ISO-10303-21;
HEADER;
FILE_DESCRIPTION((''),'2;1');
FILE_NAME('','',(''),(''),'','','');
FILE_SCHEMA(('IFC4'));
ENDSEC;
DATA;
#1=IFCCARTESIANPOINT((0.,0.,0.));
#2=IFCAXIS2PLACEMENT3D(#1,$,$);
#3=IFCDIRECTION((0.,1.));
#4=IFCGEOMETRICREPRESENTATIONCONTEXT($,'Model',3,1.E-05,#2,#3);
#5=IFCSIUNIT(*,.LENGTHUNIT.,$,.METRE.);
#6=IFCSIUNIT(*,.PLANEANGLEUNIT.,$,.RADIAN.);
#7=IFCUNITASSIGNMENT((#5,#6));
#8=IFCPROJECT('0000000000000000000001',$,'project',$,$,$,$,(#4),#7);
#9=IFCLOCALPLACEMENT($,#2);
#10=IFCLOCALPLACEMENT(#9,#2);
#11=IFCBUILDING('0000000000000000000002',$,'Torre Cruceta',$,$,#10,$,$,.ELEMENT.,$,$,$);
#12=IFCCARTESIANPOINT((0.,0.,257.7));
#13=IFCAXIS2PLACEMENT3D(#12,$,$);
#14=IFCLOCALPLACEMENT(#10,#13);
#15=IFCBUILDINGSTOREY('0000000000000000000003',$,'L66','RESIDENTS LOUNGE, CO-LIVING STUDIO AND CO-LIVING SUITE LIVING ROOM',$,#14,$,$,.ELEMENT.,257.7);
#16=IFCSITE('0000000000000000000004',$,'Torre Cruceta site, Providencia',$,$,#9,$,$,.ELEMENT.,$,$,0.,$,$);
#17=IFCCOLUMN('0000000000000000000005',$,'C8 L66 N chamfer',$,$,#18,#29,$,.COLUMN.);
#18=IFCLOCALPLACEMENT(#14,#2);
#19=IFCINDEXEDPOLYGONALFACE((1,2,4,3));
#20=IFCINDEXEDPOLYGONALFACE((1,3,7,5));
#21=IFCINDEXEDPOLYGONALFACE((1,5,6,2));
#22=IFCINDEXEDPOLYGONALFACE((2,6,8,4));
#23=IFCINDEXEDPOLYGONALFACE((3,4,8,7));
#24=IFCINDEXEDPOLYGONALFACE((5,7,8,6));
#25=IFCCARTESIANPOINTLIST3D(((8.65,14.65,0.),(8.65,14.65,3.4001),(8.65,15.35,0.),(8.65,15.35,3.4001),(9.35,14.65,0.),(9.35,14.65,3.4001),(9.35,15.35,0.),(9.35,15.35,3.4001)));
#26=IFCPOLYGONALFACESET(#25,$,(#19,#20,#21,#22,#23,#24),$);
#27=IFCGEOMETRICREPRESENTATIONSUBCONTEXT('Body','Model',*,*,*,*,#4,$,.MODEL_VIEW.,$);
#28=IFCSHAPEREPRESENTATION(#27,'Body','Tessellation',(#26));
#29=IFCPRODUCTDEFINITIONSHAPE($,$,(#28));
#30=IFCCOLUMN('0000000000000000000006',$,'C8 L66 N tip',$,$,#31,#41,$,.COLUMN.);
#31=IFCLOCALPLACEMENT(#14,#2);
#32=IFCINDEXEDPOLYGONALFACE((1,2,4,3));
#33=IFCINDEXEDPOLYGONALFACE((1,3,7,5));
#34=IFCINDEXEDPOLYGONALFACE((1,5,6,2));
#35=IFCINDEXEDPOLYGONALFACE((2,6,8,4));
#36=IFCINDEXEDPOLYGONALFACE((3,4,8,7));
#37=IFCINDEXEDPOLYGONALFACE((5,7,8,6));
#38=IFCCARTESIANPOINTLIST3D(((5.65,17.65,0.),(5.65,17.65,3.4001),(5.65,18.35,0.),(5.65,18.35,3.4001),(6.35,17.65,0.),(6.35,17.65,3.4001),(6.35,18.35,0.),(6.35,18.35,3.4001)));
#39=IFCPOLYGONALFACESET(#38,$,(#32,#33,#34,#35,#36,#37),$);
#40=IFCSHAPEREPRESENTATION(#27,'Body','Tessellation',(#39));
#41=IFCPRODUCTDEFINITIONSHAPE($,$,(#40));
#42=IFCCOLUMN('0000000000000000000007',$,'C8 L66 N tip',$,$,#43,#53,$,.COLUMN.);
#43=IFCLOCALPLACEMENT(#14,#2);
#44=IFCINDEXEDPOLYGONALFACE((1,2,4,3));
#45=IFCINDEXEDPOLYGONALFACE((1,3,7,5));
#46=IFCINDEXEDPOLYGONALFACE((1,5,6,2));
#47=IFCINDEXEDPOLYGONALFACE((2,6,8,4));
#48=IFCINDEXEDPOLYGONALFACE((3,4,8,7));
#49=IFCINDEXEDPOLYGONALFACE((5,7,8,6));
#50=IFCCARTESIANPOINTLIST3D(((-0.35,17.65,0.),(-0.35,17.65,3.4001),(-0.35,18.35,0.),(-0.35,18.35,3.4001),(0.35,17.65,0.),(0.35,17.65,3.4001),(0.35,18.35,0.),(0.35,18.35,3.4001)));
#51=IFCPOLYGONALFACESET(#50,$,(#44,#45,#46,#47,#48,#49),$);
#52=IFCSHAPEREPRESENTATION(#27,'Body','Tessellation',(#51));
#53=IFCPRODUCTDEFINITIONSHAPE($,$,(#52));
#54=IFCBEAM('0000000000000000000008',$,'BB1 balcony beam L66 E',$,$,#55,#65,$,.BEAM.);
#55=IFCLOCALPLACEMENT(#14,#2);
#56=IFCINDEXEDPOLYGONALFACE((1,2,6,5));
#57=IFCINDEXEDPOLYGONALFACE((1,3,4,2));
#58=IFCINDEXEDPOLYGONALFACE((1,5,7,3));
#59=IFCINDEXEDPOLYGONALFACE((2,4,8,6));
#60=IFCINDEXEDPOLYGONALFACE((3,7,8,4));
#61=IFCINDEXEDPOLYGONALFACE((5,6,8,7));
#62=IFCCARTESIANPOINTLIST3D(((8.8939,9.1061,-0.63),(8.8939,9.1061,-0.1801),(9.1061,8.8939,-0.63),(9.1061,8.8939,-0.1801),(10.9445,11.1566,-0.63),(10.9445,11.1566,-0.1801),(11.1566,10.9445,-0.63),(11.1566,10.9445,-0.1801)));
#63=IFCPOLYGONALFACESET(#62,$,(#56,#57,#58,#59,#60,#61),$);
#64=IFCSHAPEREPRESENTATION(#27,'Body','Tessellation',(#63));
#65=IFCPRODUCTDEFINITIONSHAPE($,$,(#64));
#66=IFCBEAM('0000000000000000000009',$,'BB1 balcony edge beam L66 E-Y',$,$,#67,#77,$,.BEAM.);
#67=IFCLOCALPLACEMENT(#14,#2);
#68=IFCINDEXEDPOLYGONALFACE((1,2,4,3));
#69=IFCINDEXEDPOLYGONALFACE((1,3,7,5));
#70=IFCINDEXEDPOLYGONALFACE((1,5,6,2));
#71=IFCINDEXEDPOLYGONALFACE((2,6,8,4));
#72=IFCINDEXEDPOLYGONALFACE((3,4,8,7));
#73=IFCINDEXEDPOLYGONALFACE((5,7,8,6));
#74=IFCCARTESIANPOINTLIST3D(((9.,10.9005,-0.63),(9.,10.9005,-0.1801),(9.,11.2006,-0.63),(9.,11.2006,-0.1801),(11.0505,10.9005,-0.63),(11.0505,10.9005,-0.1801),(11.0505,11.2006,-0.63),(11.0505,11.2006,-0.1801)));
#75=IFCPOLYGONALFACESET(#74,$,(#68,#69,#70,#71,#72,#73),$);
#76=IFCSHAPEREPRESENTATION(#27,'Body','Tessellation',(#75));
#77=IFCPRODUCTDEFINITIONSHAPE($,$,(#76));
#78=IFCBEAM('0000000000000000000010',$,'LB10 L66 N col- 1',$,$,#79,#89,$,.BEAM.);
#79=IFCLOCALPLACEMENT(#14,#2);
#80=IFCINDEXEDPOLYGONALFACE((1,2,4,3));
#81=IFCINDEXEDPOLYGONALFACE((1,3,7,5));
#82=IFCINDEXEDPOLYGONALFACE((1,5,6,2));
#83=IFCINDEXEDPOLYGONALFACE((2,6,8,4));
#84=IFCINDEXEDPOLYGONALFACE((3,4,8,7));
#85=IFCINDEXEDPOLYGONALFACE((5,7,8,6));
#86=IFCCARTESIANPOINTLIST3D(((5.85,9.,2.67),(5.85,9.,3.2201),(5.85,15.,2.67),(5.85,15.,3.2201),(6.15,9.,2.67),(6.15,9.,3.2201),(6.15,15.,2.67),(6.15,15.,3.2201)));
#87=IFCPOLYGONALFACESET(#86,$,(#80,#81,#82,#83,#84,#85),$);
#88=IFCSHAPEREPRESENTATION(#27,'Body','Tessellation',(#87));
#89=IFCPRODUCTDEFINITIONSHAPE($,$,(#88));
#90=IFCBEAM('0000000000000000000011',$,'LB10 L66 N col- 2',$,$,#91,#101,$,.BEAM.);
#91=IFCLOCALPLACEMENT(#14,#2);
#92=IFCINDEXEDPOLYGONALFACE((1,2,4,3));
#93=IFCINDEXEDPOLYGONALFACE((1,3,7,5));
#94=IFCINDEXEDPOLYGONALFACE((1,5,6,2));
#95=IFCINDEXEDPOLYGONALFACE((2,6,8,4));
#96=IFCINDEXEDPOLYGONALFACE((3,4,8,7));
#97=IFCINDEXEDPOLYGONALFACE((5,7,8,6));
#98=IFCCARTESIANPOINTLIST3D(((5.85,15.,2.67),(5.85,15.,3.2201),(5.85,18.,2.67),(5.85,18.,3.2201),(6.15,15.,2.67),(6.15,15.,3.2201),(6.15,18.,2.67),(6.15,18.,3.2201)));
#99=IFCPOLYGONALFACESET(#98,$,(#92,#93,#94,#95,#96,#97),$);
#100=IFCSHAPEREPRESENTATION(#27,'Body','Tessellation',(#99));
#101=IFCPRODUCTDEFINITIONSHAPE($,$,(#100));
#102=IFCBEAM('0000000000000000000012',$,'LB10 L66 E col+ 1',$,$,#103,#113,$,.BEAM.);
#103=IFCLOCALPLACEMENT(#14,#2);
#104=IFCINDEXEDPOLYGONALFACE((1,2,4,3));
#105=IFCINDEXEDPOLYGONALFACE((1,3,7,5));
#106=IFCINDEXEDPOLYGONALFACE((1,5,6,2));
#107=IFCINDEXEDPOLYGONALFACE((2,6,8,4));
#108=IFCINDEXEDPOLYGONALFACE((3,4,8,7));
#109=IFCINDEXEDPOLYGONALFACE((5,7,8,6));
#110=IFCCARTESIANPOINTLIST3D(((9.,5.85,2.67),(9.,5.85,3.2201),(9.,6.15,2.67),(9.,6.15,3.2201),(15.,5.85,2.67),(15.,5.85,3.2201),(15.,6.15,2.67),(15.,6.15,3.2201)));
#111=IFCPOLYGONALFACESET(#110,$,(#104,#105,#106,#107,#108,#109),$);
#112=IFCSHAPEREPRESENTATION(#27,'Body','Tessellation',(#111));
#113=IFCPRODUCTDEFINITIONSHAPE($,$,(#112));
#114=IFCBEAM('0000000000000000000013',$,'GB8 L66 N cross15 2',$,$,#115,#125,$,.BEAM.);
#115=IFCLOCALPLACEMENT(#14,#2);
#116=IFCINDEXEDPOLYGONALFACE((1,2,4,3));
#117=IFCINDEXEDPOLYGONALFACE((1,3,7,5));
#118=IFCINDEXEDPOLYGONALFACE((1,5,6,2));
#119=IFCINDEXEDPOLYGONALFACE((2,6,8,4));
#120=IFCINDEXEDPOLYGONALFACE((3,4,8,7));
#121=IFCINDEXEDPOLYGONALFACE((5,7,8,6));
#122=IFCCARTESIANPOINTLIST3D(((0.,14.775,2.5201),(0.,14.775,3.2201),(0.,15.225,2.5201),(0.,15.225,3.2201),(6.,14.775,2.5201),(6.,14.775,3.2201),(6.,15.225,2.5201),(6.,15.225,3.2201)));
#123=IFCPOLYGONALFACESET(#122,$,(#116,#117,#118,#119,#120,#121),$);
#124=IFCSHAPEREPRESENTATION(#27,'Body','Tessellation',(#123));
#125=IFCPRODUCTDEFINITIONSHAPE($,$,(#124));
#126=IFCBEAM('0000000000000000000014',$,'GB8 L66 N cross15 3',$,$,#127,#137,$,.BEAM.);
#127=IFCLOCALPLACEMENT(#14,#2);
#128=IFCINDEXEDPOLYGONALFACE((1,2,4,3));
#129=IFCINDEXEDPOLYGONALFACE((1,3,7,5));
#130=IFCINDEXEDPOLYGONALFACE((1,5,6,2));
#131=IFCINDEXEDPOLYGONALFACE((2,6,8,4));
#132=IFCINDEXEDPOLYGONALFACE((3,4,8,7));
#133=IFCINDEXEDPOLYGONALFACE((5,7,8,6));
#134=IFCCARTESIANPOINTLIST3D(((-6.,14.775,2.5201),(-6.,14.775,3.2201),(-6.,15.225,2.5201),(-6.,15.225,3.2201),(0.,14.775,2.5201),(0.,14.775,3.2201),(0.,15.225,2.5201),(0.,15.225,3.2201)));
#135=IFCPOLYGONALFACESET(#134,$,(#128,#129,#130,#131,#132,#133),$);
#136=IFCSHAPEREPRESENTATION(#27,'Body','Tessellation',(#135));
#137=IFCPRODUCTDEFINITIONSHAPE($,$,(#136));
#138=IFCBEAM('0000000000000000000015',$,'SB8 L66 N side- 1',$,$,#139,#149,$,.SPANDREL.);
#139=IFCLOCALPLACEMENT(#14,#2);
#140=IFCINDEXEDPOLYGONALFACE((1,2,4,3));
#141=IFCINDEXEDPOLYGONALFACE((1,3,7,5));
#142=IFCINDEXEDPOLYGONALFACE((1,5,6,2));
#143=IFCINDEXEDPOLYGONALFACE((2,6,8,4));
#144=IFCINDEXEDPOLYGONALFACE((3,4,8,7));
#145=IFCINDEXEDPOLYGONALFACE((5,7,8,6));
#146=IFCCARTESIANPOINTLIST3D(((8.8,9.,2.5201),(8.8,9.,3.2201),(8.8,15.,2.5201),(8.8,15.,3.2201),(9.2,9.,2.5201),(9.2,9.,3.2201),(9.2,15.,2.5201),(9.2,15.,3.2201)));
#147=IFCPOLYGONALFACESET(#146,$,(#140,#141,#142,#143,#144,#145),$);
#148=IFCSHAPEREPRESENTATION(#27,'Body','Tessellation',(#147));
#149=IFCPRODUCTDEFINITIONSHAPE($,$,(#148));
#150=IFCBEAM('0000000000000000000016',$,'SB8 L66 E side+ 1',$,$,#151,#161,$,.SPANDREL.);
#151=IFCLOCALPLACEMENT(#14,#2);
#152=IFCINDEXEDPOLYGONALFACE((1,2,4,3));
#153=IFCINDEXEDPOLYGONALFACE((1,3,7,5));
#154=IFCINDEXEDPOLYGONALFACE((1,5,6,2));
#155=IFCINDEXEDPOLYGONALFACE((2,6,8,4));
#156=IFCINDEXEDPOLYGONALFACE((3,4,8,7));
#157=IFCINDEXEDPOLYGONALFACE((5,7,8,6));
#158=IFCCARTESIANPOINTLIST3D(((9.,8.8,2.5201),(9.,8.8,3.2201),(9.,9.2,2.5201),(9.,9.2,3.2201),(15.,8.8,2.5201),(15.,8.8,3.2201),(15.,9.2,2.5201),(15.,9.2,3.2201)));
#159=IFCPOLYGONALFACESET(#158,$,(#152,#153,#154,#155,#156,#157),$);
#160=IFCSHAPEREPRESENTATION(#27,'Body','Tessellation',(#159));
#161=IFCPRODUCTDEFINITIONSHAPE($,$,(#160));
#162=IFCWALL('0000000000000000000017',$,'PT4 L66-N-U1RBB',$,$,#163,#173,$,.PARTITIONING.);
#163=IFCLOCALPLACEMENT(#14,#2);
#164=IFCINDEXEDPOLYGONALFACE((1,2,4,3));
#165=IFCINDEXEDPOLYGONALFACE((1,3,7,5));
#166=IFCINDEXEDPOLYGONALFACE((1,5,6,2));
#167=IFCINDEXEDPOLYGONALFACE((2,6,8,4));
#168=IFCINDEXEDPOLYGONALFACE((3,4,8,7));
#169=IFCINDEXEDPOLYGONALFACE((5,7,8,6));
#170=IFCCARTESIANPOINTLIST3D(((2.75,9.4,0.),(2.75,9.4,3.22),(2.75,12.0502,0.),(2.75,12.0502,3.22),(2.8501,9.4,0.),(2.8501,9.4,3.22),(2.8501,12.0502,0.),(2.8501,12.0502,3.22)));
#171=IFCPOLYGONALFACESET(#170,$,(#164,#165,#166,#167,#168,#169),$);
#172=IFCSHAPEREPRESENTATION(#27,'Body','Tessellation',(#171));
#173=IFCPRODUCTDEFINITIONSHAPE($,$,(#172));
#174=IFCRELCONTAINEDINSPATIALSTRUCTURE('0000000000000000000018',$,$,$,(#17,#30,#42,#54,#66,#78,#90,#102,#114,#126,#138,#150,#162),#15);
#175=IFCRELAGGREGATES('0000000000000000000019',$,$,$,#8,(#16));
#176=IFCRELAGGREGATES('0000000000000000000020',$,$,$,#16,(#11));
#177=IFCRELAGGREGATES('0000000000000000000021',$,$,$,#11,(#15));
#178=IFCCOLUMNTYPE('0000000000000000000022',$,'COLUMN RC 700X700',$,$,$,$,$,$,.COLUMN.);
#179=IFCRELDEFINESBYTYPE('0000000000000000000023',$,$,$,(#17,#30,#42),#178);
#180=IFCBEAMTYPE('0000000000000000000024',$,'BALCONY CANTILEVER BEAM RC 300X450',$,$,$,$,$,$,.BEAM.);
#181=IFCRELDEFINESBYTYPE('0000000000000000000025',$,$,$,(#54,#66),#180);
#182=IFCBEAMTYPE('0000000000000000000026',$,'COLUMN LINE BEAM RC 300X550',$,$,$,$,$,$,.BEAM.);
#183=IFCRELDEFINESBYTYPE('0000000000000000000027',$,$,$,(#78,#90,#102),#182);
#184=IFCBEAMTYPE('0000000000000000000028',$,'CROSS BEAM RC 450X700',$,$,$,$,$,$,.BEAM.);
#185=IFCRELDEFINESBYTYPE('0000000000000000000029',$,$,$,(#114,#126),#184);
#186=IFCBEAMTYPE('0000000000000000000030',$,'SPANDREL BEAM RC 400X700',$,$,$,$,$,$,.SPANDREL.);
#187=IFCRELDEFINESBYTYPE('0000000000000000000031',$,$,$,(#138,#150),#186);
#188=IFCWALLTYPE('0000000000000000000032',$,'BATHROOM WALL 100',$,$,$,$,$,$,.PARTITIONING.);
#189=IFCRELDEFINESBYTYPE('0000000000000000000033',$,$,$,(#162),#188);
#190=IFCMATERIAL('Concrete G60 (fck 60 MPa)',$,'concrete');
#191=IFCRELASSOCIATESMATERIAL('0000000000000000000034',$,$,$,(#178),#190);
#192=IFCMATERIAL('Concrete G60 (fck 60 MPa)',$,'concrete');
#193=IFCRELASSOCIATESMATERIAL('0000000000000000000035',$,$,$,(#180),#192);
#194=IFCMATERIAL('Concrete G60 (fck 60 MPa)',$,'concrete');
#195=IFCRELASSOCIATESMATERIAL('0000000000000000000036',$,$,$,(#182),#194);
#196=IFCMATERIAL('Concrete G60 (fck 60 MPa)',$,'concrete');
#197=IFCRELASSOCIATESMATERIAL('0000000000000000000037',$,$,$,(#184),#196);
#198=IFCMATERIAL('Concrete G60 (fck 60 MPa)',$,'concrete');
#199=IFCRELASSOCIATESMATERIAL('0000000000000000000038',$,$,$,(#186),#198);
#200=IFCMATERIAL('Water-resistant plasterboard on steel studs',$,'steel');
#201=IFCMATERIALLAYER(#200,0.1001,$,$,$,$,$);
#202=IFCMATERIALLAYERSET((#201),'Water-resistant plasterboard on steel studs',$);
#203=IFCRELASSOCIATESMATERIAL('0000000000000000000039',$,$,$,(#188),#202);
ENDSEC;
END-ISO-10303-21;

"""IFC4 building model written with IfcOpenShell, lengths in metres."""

from ifc_helpers import new_model, si_unit, direction, frame, frame_2d, origin, origin_2d, place, context, subcontext, project, spatial, rectangle, extrude, material, layer, layer_set, material_profile, profile_set, type_object, element, save


model = new_model("IFC4")

# Units and contexts
model_context = context("Model", 3, precision=1e-05, world=origin(), true_north=direction((0.0, 1.0)))
body_context = subcontext(model_context, "Body", "Model", "MODEL_VIEW")
ifc_project = project(units=[si_unit("LENGTHUNIT", "METRE"), si_unit("PLANEANGLEUNIT", "RADIAN")], contexts=[model_context])

# Site, building, storey
site_placement = place(None, origin())
site = spatial("IfcSite", under=ifc_project, at=site_placement, Name="Torre Cruceta site, Providencia", CompositionType="ELEMENT", RefElevation=0.0)
building_placement = place(site_placement, origin())
building = spatial("IfcBuilding", under=site, at=building_placement, Name="Torre Cruceta", CompositionType="ELEMENT")
storey_placement = place(building_placement, frame((0.0, 0.0, 257.7)))
storey = spatial("IfcBuildingStorey", under=building, at=storey_placement, Name="L66", Description="RESIDENTS LOUNGE, CO-LIVING STUDIO AND CO-LIVING SUITE LIVING ROOM", CompositionType="ELEMENT", Elevation=257.7)

# Columns
ifc_material_1 = material(Name="Concrete G60 (fck 60 MPa)", Category="concrete")
ifc_material_profile_1 = material_profile(ifc_material_1, rectangle(XDim=0.7, YDim=0.7, at=origin_2d()), Name="RC 700X700")
ifc_profile_set_1 = profile_set([ifc_material_profile_1], Name="Concrete G60 (fck 60 MPa)")
column_type = type_object("IfcColumnType", Name="COLUMN RC 700X700", PredefinedType="COLUMN", material=ifc_profile_set_1)
for number, where, z_axis, x_axis, name in (
    (1, (9.0, 15.0, 0.0), (0.0, 0.0, 1.0), (1.0, 0.0, 0.0), "C8 L66 N chamfer"),
    (2, (6.0, 18.0, 0.0), (0.0, 0.0, 1.0), (1.0, 0.0, 0.0), "C8 L66 N tip"),
    (3, (0.0, 18.0, 0.0), (0.0, 0.0, 1.0), (1.0, 0.0, 0.0), "C8 L66 N tip"),
):
    element("IfcColumn", number, at=place(storey_placement, frame(where, z_axis=z_axis, x_axis=x_axis)), inside=storey, type_object=column_type, Name=name, PredefinedType="COLUMN", context=body_context, shape_type="SweptSolid", body=[
        extrude(rectangle(XDim=0.7, YDim=0.7, at=origin_2d()), origin(), (0.0, 0.0, 1.0), 3.4001),
    ])

# Beams
ifc_material_2 = material(Name="Concrete G60 (fck 60 MPa)", Category="concrete")
ifc_material_profile_2 = material_profile(ifc_material_2, rectangle(XDim=0.3, YDim=0.45, at=origin_2d()), Name="RC 300X450")
ifc_profile_set_2 = profile_set([ifc_material_profile_2], Name="Concrete G60 (fck 60 MPa)")
beam_type_1 = type_object("IfcBeamType", Name="BALCONY CANTILEVER BEAM RC 300X450", PredefinedType="BEAM", material=ifc_profile_set_2)
beam_1_placement = place(storey_placement, frame((9.0, 9.0, -0.405), z_axis=(0.707107, 0.707107, 0.0), x_axis=(-0.707107, 0.707107, 0.0)))
element("IfcBeam", 4, at=beam_1_placement, inside=storey, type_object=beam_type_1, Name="BB1 balcony beam L66 E", PredefinedType="BEAM", context=body_context, shape_type="SweptSolid", body=[
    extrude(rectangle(XDim=0.3, YDim=0.45, at=origin_2d()), origin(), (0.0, 0.0, 1.0), 2.8999),
])
beam_2_placement = place(storey_placement, frame((9.0, 11.0505, -0.405), z_axis=(1.0, 0.0, 0.0), x_axis=(0.0, 1.0, 0.0)))
element("IfcBeam", 5, at=beam_2_placement, inside=storey, type_object=beam_type_1, Name="BB1 balcony edge beam L66 E-Y", PredefinedType="BEAM", context=body_context, shape_type="SweptSolid", body=[
    extrude(rectangle(XDim=0.3, YDim=0.45, at=origin_2d()), origin(), (0.0, 0.0, 1.0), 2.0505),
])
ifc_material_3 = material(Name="Concrete G60 (fck 60 MPa)", Category="concrete")
ifc_material_profile_3 = material_profile(ifc_material_3, rectangle(XDim=0.3, YDim=0.55, at=origin_2d()), Name="RC 300X550")
ifc_profile_set_3 = profile_set([ifc_material_profile_3], Name="Concrete G60 (fck 60 MPa)")
beam_type_2 = type_object("IfcBeamType", Name="COLUMN LINE BEAM RC 300X550", PredefinedType="BEAM", material=ifc_profile_set_3)
beam_3_placement = place(storey_placement, frame((6.0, 9.0, 2.9451), z_axis=(0.0, 1.0, 0.0), x_axis=(-1.0, 0.0, 0.0)))
element("IfcBeam", 6, at=beam_3_placement, inside=storey, type_object=beam_type_2, Name="LB10 L66 N col- 1", PredefinedType="BEAM", context=body_context, shape_type="SweptSolid", body=[
    extrude(rectangle(XDim=0.3, YDim=0.55, at=origin_2d()), origin(), (0.0, 0.0, 1.0), 6.0),
])
beam_4_placement = place(storey_placement, frame((6.0, 15.0, 2.9451), z_axis=(0.0, 1.0, 0.0), x_axis=(-1.0, 0.0, 0.0)))
element("IfcBeam", 7, at=beam_4_placement, inside=storey, type_object=beam_type_2, Name="LB10 L66 N col- 2", PredefinedType="BEAM", context=body_context, shape_type="SweptSolid", body=[
    extrude(rectangle(XDim=0.3, YDim=0.55, at=origin_2d()), origin(), (0.0, 0.0, 1.0), 3.0),
])
beam_5_placement = place(storey_placement, frame((9.0, 6.0, 2.9451), z_axis=(1.0, 0.0, 0.0), x_axis=(0.0, 1.0, 0.0)))
element("IfcBeam", 8, at=beam_5_placement, inside=storey, type_object=beam_type_2, Name="LB10 L66 E col+ 1", PredefinedType="BEAM", context=body_context, shape_type="SweptSolid", body=[
    extrude(rectangle(XDim=0.3, YDim=0.55, at=origin_2d()), origin(), (0.0, 0.0, 1.0), 6.0),
])
ifc_material_4 = material(Name="Concrete G60 (fck 60 MPa)", Category="concrete")
ifc_material_profile_4 = material_profile(ifc_material_4, rectangle(XDim=0.45, YDim=0.7, at=origin_2d()), Name="RC 450X700")
ifc_profile_set_4 = profile_set([ifc_material_profile_4], Name="Concrete G60 (fck 60 MPa)")
beam_type_3 = type_object("IfcBeamType", Name="CROSS BEAM RC 450X700", PredefinedType="BEAM", material=ifc_profile_set_4)
for number, where, z_axis, x_axis, name in (
    (9, (6.0, 15.0, 2.8701), (-1.0, 0.0, 0.0), (0.0, -1.0, 0.0), "GB8 L66 N cross15 2"),
    (10, (0.0, 15.0, 2.8701), (-1.0, 0.0, 0.0), (0.0, -1.0, 0.0), "GB8 L66 N cross15 3"),
):
    element("IfcBeam", number, at=place(storey_placement, frame(where, z_axis=z_axis, x_axis=x_axis)), inside=storey, type_object=beam_type_3, Name=name, PredefinedType="BEAM", context=body_context, shape_type="SweptSolid", body=[
        extrude(rectangle(XDim=0.45, YDim=0.7, at=origin_2d()), origin(), (0.0, 0.0, 1.0), 6.0),
    ])
ifc_material_5 = material(Name="Concrete G60 (fck 60 MPa)", Category="concrete")
ifc_material_profile_5 = material_profile(ifc_material_5, rectangle(XDim=0.3999, YDim=0.7, at=origin_2d()), Name="RC 400X700")
ifc_profile_set_5 = profile_set([ifc_material_profile_5], Name="Concrete G60 (fck 60 MPa)")
beam_type_4 = type_object("IfcBeamType", Name="SPANDREL BEAM RC 400X700", PredefinedType="SPANDREL", material=ifc_profile_set_5)
for number, where, z_axis, x_axis, name in (
    (11, (9.0, 9.0, 2.8701), (0.0, 1.0, 0.0), (-1.0, 0.0, 0.0), "SB8 L66 N side- 1"),
    (12, (9.0, 9.0, 2.8701), (1.0, 0.0, 0.0), (0.0, 1.0, 0.0), "SB8 L66 E side+ 1"),
):
    element("IfcBeam", number, at=place(storey_placement, frame(where, z_axis=z_axis, x_axis=x_axis)), inside=storey, type_object=beam_type_4, Name=name, PredefinedType="SPANDREL", context=body_context, shape_type="SweptSolid", body=[
        extrude(rectangle(XDim=0.3999, YDim=0.7, at=origin_2d()), origin(), (0.0, 0.0, 1.0), 6.0),
    ])

# Wall
ifc_material_6 = material(Name="Water-resistant plasterboard on steel studs", Category="steel")
ifc_layer_1 = layer(ifc_material_6, 0.1001)
ifc_layer_set_1 = layer_set([ifc_layer_1], Name="Water-resistant plasterboard on steel studs")
wall_type_1 = type_object("IfcWallType", Name="BATHROOM WALL 100", PredefinedType="PARTITIONING", material=ifc_layer_set_1)
wall_1_placement = place(storey_placement, frame((2.8, 9.3999, 0.0), z_axis=(0.0, 0.0, 1.0), x_axis=(0.0, 1.0, 0.0)))
element("IfcWall", 13, at=wall_1_placement, inside=storey, type_object=wall_type_1, Name="PT4 L66-N-U1RBB", PredefinedType="PARTITIONING", context=body_context, shape_type="SweptSolid", body=[
    extrude(rectangle(XDim=2.6501, YDim=0.1001, at=frame_2d((1.3252, 0.0))), origin(), (0.0, 0.0, 1.0), 3.22),
])

save(model, "model.ifc")
